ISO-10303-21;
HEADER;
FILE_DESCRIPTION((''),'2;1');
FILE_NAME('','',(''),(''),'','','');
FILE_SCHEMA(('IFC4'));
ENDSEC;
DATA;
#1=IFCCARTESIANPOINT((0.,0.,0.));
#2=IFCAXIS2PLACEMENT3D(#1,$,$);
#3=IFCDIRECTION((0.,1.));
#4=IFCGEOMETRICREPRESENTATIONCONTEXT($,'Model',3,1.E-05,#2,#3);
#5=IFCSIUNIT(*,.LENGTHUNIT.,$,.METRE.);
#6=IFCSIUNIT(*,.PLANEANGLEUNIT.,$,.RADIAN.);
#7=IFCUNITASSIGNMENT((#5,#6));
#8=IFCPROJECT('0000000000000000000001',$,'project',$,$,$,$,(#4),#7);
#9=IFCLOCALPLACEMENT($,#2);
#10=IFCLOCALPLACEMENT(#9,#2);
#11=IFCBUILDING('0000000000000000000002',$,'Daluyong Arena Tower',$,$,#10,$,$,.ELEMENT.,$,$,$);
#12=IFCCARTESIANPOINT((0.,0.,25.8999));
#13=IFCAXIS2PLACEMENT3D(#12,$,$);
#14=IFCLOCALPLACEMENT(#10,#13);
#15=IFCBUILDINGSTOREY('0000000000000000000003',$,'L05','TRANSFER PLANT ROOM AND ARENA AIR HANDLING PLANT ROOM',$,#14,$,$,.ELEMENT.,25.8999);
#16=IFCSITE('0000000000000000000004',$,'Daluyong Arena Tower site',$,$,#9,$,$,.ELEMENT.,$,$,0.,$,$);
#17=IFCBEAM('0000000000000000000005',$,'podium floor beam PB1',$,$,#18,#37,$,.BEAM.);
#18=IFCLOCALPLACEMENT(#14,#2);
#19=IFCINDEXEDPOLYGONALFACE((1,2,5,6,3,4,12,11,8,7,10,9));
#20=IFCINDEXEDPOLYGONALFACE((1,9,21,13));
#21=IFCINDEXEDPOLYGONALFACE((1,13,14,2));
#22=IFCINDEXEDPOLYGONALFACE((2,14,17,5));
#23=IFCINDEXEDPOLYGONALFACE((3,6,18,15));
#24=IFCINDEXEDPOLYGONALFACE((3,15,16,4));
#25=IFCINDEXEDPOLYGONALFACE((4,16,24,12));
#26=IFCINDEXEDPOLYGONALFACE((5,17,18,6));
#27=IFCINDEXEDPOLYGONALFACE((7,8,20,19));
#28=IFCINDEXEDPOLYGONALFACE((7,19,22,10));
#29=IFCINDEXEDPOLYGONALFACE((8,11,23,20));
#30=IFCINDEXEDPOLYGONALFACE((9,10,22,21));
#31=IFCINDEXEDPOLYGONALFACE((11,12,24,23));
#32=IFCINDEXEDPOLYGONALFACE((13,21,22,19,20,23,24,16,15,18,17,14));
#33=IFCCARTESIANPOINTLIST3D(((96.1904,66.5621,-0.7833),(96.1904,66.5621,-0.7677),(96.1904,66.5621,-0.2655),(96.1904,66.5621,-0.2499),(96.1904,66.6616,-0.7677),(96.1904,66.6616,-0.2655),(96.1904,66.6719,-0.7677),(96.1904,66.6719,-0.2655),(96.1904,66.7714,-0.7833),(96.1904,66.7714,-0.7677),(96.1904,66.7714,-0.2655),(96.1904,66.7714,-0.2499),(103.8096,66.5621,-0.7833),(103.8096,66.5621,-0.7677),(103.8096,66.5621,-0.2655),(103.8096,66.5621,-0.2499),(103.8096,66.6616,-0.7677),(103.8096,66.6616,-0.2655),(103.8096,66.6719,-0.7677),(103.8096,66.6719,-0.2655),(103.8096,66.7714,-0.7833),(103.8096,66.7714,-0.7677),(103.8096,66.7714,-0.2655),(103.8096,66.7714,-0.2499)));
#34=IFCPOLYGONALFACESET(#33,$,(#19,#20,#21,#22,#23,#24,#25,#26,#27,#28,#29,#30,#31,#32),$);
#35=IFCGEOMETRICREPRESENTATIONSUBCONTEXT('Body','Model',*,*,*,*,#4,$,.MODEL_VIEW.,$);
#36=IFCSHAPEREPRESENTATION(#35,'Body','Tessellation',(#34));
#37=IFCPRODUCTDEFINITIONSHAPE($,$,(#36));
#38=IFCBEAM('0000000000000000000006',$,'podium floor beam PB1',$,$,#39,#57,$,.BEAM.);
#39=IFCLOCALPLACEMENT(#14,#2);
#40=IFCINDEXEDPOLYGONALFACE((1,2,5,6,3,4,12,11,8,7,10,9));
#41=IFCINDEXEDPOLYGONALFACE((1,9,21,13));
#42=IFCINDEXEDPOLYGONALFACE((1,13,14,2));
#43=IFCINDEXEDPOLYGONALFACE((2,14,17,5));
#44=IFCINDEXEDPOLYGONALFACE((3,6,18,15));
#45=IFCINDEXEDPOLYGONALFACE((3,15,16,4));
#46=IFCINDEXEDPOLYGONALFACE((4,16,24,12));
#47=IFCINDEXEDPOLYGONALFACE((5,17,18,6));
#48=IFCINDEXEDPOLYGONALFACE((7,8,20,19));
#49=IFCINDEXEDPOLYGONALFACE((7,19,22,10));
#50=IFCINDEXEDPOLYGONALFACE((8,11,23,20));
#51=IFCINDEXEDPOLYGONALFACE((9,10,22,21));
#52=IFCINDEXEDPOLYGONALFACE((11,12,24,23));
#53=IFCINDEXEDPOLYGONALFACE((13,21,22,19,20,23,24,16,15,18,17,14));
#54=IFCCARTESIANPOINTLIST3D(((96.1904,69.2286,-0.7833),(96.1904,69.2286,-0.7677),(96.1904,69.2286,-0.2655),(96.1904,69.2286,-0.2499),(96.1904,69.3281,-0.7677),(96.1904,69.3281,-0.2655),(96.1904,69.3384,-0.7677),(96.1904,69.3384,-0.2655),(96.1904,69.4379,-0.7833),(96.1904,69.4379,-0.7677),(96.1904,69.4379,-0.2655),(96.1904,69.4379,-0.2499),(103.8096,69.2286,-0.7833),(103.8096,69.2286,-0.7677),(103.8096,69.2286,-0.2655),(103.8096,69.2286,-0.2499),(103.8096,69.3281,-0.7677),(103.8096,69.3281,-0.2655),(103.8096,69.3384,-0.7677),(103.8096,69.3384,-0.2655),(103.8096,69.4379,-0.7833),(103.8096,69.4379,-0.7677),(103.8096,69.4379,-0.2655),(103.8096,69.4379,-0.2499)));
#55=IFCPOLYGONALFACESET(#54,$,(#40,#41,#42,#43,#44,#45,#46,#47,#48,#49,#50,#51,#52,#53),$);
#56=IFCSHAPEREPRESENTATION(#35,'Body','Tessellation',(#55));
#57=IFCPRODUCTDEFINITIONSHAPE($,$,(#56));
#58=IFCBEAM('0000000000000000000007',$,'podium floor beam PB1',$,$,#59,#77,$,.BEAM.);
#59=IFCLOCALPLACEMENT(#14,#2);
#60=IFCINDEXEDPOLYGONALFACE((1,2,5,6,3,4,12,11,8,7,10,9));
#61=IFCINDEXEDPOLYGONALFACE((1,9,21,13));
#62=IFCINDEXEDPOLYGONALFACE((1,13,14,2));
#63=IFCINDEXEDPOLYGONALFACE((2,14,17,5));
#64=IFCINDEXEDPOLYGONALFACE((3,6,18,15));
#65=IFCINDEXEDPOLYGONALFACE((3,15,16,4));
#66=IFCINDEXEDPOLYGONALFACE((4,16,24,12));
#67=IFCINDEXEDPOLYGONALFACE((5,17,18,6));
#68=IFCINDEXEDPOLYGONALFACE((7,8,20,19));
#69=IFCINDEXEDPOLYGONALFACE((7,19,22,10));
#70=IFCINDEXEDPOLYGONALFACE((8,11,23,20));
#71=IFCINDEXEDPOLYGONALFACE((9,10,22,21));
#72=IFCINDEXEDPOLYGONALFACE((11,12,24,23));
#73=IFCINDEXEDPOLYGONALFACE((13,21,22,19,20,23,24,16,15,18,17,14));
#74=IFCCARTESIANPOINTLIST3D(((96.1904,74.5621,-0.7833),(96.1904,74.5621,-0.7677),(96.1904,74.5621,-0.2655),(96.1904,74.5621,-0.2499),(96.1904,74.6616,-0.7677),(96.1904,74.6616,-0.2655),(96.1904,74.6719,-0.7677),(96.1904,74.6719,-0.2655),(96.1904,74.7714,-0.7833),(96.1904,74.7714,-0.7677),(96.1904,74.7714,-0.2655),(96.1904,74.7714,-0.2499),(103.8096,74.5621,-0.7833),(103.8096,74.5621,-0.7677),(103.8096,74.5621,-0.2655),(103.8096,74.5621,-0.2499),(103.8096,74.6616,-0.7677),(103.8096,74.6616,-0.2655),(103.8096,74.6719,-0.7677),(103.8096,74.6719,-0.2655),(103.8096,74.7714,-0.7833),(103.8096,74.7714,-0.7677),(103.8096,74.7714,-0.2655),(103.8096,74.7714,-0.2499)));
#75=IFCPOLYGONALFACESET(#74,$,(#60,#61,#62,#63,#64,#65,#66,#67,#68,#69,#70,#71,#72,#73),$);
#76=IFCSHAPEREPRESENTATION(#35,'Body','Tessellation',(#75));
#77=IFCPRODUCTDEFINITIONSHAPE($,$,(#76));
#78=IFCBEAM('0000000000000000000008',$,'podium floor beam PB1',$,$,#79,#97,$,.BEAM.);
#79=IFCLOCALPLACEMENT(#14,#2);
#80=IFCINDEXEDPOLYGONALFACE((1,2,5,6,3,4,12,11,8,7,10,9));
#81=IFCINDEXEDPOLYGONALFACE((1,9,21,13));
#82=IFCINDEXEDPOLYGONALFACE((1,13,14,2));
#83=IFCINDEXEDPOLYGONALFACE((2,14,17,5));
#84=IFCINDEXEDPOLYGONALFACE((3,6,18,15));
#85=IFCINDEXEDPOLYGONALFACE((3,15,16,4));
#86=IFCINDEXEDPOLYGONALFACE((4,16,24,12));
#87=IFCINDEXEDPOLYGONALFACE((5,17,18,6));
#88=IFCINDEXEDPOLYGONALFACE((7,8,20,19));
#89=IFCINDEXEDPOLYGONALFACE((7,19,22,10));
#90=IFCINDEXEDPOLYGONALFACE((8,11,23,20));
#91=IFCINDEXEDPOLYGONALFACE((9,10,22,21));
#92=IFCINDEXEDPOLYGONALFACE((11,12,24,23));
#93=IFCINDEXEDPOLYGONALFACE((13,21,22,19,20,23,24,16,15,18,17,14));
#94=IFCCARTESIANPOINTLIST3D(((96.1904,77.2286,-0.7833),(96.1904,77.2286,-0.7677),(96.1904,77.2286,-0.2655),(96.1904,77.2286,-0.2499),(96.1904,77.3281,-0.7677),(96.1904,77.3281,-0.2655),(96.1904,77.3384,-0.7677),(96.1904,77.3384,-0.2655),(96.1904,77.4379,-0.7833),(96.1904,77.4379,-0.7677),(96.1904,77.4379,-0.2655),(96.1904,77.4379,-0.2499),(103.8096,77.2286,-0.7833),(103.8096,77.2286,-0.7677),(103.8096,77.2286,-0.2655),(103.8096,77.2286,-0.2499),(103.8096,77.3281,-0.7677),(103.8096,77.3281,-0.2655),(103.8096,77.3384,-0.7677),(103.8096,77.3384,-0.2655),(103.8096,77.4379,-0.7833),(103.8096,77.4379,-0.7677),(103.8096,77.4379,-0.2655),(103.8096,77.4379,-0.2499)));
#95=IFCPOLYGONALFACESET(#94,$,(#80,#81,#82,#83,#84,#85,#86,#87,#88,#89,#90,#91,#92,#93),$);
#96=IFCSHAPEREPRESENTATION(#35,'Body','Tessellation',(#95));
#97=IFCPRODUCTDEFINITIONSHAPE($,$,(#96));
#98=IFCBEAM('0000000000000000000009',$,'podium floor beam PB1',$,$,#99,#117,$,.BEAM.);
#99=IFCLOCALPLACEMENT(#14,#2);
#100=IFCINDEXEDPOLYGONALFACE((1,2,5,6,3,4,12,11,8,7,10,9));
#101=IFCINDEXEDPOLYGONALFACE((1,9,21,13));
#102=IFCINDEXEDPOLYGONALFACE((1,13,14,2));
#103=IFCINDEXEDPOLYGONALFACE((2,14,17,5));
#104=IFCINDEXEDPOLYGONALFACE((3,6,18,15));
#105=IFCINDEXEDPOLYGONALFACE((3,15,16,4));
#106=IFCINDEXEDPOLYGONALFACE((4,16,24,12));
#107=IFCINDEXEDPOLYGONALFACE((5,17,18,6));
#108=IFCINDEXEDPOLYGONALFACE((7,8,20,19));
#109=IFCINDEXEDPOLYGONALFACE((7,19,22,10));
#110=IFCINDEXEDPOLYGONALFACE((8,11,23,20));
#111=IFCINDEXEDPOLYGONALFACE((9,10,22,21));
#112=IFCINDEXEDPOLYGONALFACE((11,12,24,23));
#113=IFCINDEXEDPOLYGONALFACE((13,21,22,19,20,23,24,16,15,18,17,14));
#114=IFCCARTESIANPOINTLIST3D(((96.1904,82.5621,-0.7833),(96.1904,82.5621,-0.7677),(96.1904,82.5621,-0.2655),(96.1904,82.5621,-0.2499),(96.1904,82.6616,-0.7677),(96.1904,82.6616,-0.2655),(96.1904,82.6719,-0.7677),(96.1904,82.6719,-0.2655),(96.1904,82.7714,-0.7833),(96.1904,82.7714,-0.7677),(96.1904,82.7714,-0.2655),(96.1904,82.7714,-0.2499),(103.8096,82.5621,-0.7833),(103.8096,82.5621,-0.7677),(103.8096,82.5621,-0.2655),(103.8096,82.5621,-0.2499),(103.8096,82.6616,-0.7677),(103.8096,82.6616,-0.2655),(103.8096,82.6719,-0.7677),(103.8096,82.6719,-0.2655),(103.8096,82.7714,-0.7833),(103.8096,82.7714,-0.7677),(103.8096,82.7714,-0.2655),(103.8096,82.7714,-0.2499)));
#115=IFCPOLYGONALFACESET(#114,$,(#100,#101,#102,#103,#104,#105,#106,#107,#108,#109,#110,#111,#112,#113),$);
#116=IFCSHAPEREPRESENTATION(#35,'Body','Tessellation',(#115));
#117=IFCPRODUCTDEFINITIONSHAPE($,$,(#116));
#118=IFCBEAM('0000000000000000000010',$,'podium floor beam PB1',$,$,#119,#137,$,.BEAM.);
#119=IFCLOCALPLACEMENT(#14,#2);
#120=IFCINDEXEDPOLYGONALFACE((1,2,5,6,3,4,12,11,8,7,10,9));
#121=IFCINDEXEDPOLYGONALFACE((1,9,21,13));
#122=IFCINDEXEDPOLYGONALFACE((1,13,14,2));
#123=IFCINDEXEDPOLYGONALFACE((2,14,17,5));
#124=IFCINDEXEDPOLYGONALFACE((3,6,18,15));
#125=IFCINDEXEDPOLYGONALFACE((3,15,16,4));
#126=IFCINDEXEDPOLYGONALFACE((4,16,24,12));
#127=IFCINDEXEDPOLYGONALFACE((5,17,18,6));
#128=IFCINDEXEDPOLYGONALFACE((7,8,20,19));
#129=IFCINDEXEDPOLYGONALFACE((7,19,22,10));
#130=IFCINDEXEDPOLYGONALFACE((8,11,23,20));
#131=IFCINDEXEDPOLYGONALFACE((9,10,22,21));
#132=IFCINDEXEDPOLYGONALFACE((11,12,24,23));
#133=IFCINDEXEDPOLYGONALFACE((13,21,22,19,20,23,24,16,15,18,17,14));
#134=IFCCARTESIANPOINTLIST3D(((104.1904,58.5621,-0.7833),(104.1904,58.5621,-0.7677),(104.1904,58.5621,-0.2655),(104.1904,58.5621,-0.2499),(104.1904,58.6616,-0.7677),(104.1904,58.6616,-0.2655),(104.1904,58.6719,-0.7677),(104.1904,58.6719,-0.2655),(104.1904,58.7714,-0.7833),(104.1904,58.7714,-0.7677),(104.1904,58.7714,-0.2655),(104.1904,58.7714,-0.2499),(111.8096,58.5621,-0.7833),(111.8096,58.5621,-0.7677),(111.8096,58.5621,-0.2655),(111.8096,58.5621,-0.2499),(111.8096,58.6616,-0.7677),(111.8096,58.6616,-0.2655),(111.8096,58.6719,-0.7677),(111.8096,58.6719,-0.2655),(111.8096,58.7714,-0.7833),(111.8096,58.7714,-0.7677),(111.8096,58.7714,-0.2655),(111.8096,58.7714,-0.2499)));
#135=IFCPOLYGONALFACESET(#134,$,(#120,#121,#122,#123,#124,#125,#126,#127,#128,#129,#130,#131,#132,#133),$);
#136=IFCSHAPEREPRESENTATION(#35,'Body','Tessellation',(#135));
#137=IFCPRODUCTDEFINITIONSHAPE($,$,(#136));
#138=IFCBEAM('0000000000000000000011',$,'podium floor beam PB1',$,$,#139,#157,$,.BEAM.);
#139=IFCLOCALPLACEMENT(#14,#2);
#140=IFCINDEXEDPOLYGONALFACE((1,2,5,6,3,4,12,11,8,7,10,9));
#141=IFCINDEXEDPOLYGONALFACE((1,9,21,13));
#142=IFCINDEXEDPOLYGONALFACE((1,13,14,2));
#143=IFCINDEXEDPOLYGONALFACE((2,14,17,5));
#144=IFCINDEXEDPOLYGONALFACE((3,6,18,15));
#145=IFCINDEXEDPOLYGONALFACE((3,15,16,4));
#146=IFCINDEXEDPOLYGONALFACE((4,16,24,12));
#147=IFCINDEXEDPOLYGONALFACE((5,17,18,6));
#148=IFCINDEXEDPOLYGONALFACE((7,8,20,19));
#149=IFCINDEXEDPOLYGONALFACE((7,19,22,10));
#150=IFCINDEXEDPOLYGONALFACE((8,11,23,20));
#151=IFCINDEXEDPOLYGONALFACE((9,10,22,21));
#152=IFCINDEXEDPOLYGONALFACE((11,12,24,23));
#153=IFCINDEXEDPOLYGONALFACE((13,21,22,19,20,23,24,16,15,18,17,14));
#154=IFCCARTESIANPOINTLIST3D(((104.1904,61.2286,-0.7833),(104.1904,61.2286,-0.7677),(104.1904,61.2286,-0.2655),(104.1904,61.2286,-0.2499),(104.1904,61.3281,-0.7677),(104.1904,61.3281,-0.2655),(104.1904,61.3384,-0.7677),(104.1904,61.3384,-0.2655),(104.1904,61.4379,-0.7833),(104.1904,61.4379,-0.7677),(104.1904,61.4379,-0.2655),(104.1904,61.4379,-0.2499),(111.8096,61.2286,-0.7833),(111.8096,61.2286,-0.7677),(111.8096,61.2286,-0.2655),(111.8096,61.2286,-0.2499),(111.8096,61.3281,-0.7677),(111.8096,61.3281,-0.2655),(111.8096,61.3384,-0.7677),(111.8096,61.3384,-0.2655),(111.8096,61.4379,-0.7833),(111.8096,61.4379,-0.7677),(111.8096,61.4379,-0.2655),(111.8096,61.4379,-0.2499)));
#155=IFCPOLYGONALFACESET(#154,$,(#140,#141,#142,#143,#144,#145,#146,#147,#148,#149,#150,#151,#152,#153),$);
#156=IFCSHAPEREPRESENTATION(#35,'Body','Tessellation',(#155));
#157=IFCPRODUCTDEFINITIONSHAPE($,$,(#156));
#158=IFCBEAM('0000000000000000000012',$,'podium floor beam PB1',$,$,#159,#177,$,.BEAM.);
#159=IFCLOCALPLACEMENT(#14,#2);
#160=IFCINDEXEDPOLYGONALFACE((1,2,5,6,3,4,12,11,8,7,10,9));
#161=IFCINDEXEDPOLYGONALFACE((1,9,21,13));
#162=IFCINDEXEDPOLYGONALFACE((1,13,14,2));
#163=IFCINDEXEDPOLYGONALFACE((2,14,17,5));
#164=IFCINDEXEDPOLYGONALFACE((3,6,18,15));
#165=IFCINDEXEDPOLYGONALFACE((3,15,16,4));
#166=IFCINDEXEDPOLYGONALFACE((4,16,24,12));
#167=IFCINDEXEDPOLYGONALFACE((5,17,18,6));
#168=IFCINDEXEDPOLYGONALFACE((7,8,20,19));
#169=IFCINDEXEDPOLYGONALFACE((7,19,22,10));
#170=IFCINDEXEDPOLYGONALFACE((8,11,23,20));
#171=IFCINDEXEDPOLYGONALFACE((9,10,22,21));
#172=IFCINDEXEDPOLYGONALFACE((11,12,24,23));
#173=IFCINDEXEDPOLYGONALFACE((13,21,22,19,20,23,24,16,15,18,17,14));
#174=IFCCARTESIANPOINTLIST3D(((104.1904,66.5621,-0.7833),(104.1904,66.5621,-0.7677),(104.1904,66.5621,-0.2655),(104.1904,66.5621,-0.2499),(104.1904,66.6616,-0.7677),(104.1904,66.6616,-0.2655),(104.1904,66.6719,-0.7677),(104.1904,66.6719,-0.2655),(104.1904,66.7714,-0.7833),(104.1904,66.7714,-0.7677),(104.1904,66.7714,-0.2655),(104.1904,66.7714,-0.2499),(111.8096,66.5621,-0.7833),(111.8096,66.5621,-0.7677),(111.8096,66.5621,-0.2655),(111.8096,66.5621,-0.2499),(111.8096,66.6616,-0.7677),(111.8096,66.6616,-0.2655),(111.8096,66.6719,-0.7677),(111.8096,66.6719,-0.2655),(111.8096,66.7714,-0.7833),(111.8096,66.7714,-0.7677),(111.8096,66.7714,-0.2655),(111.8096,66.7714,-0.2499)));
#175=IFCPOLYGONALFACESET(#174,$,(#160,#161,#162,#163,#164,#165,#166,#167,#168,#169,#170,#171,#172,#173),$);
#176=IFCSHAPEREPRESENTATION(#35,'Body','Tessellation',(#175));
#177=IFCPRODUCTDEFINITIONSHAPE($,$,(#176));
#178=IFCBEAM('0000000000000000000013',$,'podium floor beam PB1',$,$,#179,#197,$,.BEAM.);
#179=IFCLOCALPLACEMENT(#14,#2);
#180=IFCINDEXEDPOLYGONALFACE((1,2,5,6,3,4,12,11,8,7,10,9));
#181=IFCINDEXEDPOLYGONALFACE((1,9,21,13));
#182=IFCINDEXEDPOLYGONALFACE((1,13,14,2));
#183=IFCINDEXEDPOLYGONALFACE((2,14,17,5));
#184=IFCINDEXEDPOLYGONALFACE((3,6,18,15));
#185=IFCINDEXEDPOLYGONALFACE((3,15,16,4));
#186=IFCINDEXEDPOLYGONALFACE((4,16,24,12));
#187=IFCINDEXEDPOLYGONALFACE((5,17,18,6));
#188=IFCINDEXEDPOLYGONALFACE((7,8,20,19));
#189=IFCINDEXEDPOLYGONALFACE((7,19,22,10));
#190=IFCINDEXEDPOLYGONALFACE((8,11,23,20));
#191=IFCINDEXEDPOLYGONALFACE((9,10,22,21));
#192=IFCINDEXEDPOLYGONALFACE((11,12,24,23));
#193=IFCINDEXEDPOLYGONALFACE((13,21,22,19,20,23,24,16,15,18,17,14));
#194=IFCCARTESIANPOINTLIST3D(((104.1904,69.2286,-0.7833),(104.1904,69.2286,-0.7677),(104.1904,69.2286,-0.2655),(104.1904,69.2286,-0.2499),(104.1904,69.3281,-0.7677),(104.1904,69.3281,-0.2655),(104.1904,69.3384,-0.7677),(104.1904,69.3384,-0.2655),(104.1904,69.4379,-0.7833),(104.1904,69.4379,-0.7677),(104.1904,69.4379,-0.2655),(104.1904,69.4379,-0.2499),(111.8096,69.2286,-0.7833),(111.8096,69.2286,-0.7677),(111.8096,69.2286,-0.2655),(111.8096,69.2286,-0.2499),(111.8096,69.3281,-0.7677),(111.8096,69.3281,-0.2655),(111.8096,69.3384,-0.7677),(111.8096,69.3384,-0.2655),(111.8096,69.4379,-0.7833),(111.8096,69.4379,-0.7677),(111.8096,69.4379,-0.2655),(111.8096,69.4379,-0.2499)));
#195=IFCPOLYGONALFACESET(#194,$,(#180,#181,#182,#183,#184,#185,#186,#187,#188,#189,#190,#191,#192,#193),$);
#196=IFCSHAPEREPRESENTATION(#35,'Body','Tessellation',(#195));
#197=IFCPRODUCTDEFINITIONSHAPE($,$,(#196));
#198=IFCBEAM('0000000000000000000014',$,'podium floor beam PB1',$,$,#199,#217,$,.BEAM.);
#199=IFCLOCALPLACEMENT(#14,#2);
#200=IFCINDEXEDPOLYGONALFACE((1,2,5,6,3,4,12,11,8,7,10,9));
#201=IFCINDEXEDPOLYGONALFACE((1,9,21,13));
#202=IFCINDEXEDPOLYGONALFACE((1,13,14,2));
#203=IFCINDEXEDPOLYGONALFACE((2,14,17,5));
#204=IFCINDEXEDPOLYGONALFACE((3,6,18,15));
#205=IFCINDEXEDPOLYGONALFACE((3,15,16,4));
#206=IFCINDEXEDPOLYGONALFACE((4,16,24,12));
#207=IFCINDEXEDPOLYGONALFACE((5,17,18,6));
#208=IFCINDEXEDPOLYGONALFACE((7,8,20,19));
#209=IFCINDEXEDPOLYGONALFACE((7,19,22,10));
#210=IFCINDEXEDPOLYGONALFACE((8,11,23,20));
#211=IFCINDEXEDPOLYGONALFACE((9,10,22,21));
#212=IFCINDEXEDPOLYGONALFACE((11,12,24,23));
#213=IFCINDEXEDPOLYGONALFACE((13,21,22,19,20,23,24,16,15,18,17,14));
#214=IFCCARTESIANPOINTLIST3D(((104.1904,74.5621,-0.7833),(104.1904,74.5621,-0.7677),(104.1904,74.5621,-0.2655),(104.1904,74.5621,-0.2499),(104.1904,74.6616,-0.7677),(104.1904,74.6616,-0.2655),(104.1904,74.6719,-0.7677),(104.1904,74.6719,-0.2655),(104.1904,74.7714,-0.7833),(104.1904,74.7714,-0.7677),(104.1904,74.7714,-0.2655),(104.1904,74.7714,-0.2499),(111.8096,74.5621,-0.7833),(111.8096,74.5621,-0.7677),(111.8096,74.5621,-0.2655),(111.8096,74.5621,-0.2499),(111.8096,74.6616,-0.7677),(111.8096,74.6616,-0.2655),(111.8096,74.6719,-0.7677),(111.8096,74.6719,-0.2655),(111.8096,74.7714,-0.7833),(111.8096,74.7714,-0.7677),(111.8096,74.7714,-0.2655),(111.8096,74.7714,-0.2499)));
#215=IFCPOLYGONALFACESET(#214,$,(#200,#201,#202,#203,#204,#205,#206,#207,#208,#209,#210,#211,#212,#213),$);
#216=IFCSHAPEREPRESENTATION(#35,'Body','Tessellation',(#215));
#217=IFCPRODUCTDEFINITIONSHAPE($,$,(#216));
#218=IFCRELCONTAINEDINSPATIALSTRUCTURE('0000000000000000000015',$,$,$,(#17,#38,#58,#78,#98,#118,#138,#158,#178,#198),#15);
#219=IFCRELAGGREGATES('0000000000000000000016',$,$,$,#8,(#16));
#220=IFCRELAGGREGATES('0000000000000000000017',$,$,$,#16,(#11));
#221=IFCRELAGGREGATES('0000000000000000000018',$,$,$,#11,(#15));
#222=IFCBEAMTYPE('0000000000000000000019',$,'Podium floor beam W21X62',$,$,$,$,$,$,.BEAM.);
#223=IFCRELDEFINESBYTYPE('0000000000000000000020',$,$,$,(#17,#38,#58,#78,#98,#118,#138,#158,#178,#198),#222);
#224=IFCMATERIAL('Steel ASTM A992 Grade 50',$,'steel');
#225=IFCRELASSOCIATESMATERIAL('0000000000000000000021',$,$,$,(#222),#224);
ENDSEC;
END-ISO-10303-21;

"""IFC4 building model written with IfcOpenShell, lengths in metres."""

from ifc_helpers import new_model, si_unit, direction, frame, origin, origin_2d, place, context, subcontext, project, spatial, i_section, extrude, material, material_profile, profile_set, type_object, element, save


model = new_model("IFC4")

# Units and contexts
model_context = context("Model", 3, precision=1e-05, world=origin(), true_north=direction((0.0, 1.0)))
body_context = subcontext(model_context, "Body", "Model", "MODEL_VIEW")
ifc_project = project(units=[si_unit("LENGTHUNIT", "METRE"), si_unit("PLANEANGLEUNIT", "RADIAN")], contexts=[model_context])

# Site, building, storey
site_placement = place(None, origin())
site = spatial("IfcSite", under=ifc_project, at=site_placement, Name="Daluyong Arena Tower site", CompositionType="ELEMENT", RefElevation=0.0)
building_placement = place(site_placement, origin())
building = spatial("IfcBuilding", under=site, at=building_placement, Name="Daluyong Arena Tower", CompositionType="ELEMENT")
storey_placement = place(building_placement, frame((0.0, 0.0, 25.8999)))
storey = spatial("IfcBuildingStorey", under=building, at=storey_placement, Name="L05", Description="TRANSFER PLANT ROOM AND ARENA AIR HANDLING PLANT ROOM", CompositionType="ELEMENT", Elevation=25.8999)

# Beams
ifc_material_1 = material(Name="Steel ASTM A992 Grade 50", Category="steel")
ifc_material_profile_1 = material_profile(ifc_material_1, i_section(OverallWidth=0.2092, OverallDepth=0.5334, WebThickness=0.0103, FlangeThickness=0.0156, at=origin_2d()))
ifc_profile_set_1 = profile_set([ifc_material_profile_1], Name="Steel ASTM A992 Grade 50")
beam_type_1 = type_object("IfcBeamType", Name="Podium floor beam W21X62", PredefinedType="BEAM", material=ifc_profile_set_1)
for number, where, z_axis, x_axis, name in (
    (1, (96.1904, 66.6667, -0.5166), (1.0, 0.0, 0.0), (0.0, 1.0, 0.0), "podium floor beam PB1"),
    (2, (96.1904, 69.3333, -0.5166), (1.0, 0.0, 0.0), (0.0, 1.0, 0.0), "podium floor beam PB1"),
    (3, (96.1904, 74.6667, -0.5166), (1.0, 0.0, 0.0), (0.0, 1.0, 0.0), "podium floor beam PB1"),
    (4, (96.1904, 77.3333, -0.5166), (1.0, 0.0, 0.0), (0.0, 1.0, 0.0), "podium floor beam PB1"),
    (5, (96.1904, 82.6667, -0.5166), (1.0, 0.0, 0.0), (0.0, 1.0, 0.0), "podium floor beam PB1"),
    (6, (104.1904, 58.6667, -0.5166), (1.0, 0.0, 0.0), (0.0, 1.0, 0.0), "podium floor beam PB1"),
    (7, (104.1904, 61.3333, -0.5166), (1.0, 0.0, 0.0), (0.0, 1.0, 0.0), "podium floor beam PB1"),
    (8, (104.1904, 66.6667, -0.5166), (1.0, 0.0, 0.0), (0.0, 1.0, 0.0), "podium floor beam PB1"),
    (9, (104.1904, 69.3333, -0.5166), (1.0, 0.0, 0.0), (0.0, 1.0, 0.0), "podium floor beam PB1"),
    (10, (104.1904, 74.6667, -0.5166), (1.0, 0.0, 0.0), (0.0, 1.0, 0.0), "podium floor beam PB1"),
):
    element("IfcBeam", number, at=place(storey_placement, frame(where, z_axis=z_axis, x_axis=x_axis)), inside=storey, type_object=beam_type_1, Name=name, PredefinedType="BEAM", context=body_context, shape_type="SweptSolid", body=[
        extrude(i_section(OverallWidth=0.2092, OverallDepth=0.5334, WebThickness=0.0103, FlangeThickness=0.0156, at=origin_2d()), origin(), (0.0, 0.0, 1.0), 7.6191),
    ])

save(model, "model.ifc")
